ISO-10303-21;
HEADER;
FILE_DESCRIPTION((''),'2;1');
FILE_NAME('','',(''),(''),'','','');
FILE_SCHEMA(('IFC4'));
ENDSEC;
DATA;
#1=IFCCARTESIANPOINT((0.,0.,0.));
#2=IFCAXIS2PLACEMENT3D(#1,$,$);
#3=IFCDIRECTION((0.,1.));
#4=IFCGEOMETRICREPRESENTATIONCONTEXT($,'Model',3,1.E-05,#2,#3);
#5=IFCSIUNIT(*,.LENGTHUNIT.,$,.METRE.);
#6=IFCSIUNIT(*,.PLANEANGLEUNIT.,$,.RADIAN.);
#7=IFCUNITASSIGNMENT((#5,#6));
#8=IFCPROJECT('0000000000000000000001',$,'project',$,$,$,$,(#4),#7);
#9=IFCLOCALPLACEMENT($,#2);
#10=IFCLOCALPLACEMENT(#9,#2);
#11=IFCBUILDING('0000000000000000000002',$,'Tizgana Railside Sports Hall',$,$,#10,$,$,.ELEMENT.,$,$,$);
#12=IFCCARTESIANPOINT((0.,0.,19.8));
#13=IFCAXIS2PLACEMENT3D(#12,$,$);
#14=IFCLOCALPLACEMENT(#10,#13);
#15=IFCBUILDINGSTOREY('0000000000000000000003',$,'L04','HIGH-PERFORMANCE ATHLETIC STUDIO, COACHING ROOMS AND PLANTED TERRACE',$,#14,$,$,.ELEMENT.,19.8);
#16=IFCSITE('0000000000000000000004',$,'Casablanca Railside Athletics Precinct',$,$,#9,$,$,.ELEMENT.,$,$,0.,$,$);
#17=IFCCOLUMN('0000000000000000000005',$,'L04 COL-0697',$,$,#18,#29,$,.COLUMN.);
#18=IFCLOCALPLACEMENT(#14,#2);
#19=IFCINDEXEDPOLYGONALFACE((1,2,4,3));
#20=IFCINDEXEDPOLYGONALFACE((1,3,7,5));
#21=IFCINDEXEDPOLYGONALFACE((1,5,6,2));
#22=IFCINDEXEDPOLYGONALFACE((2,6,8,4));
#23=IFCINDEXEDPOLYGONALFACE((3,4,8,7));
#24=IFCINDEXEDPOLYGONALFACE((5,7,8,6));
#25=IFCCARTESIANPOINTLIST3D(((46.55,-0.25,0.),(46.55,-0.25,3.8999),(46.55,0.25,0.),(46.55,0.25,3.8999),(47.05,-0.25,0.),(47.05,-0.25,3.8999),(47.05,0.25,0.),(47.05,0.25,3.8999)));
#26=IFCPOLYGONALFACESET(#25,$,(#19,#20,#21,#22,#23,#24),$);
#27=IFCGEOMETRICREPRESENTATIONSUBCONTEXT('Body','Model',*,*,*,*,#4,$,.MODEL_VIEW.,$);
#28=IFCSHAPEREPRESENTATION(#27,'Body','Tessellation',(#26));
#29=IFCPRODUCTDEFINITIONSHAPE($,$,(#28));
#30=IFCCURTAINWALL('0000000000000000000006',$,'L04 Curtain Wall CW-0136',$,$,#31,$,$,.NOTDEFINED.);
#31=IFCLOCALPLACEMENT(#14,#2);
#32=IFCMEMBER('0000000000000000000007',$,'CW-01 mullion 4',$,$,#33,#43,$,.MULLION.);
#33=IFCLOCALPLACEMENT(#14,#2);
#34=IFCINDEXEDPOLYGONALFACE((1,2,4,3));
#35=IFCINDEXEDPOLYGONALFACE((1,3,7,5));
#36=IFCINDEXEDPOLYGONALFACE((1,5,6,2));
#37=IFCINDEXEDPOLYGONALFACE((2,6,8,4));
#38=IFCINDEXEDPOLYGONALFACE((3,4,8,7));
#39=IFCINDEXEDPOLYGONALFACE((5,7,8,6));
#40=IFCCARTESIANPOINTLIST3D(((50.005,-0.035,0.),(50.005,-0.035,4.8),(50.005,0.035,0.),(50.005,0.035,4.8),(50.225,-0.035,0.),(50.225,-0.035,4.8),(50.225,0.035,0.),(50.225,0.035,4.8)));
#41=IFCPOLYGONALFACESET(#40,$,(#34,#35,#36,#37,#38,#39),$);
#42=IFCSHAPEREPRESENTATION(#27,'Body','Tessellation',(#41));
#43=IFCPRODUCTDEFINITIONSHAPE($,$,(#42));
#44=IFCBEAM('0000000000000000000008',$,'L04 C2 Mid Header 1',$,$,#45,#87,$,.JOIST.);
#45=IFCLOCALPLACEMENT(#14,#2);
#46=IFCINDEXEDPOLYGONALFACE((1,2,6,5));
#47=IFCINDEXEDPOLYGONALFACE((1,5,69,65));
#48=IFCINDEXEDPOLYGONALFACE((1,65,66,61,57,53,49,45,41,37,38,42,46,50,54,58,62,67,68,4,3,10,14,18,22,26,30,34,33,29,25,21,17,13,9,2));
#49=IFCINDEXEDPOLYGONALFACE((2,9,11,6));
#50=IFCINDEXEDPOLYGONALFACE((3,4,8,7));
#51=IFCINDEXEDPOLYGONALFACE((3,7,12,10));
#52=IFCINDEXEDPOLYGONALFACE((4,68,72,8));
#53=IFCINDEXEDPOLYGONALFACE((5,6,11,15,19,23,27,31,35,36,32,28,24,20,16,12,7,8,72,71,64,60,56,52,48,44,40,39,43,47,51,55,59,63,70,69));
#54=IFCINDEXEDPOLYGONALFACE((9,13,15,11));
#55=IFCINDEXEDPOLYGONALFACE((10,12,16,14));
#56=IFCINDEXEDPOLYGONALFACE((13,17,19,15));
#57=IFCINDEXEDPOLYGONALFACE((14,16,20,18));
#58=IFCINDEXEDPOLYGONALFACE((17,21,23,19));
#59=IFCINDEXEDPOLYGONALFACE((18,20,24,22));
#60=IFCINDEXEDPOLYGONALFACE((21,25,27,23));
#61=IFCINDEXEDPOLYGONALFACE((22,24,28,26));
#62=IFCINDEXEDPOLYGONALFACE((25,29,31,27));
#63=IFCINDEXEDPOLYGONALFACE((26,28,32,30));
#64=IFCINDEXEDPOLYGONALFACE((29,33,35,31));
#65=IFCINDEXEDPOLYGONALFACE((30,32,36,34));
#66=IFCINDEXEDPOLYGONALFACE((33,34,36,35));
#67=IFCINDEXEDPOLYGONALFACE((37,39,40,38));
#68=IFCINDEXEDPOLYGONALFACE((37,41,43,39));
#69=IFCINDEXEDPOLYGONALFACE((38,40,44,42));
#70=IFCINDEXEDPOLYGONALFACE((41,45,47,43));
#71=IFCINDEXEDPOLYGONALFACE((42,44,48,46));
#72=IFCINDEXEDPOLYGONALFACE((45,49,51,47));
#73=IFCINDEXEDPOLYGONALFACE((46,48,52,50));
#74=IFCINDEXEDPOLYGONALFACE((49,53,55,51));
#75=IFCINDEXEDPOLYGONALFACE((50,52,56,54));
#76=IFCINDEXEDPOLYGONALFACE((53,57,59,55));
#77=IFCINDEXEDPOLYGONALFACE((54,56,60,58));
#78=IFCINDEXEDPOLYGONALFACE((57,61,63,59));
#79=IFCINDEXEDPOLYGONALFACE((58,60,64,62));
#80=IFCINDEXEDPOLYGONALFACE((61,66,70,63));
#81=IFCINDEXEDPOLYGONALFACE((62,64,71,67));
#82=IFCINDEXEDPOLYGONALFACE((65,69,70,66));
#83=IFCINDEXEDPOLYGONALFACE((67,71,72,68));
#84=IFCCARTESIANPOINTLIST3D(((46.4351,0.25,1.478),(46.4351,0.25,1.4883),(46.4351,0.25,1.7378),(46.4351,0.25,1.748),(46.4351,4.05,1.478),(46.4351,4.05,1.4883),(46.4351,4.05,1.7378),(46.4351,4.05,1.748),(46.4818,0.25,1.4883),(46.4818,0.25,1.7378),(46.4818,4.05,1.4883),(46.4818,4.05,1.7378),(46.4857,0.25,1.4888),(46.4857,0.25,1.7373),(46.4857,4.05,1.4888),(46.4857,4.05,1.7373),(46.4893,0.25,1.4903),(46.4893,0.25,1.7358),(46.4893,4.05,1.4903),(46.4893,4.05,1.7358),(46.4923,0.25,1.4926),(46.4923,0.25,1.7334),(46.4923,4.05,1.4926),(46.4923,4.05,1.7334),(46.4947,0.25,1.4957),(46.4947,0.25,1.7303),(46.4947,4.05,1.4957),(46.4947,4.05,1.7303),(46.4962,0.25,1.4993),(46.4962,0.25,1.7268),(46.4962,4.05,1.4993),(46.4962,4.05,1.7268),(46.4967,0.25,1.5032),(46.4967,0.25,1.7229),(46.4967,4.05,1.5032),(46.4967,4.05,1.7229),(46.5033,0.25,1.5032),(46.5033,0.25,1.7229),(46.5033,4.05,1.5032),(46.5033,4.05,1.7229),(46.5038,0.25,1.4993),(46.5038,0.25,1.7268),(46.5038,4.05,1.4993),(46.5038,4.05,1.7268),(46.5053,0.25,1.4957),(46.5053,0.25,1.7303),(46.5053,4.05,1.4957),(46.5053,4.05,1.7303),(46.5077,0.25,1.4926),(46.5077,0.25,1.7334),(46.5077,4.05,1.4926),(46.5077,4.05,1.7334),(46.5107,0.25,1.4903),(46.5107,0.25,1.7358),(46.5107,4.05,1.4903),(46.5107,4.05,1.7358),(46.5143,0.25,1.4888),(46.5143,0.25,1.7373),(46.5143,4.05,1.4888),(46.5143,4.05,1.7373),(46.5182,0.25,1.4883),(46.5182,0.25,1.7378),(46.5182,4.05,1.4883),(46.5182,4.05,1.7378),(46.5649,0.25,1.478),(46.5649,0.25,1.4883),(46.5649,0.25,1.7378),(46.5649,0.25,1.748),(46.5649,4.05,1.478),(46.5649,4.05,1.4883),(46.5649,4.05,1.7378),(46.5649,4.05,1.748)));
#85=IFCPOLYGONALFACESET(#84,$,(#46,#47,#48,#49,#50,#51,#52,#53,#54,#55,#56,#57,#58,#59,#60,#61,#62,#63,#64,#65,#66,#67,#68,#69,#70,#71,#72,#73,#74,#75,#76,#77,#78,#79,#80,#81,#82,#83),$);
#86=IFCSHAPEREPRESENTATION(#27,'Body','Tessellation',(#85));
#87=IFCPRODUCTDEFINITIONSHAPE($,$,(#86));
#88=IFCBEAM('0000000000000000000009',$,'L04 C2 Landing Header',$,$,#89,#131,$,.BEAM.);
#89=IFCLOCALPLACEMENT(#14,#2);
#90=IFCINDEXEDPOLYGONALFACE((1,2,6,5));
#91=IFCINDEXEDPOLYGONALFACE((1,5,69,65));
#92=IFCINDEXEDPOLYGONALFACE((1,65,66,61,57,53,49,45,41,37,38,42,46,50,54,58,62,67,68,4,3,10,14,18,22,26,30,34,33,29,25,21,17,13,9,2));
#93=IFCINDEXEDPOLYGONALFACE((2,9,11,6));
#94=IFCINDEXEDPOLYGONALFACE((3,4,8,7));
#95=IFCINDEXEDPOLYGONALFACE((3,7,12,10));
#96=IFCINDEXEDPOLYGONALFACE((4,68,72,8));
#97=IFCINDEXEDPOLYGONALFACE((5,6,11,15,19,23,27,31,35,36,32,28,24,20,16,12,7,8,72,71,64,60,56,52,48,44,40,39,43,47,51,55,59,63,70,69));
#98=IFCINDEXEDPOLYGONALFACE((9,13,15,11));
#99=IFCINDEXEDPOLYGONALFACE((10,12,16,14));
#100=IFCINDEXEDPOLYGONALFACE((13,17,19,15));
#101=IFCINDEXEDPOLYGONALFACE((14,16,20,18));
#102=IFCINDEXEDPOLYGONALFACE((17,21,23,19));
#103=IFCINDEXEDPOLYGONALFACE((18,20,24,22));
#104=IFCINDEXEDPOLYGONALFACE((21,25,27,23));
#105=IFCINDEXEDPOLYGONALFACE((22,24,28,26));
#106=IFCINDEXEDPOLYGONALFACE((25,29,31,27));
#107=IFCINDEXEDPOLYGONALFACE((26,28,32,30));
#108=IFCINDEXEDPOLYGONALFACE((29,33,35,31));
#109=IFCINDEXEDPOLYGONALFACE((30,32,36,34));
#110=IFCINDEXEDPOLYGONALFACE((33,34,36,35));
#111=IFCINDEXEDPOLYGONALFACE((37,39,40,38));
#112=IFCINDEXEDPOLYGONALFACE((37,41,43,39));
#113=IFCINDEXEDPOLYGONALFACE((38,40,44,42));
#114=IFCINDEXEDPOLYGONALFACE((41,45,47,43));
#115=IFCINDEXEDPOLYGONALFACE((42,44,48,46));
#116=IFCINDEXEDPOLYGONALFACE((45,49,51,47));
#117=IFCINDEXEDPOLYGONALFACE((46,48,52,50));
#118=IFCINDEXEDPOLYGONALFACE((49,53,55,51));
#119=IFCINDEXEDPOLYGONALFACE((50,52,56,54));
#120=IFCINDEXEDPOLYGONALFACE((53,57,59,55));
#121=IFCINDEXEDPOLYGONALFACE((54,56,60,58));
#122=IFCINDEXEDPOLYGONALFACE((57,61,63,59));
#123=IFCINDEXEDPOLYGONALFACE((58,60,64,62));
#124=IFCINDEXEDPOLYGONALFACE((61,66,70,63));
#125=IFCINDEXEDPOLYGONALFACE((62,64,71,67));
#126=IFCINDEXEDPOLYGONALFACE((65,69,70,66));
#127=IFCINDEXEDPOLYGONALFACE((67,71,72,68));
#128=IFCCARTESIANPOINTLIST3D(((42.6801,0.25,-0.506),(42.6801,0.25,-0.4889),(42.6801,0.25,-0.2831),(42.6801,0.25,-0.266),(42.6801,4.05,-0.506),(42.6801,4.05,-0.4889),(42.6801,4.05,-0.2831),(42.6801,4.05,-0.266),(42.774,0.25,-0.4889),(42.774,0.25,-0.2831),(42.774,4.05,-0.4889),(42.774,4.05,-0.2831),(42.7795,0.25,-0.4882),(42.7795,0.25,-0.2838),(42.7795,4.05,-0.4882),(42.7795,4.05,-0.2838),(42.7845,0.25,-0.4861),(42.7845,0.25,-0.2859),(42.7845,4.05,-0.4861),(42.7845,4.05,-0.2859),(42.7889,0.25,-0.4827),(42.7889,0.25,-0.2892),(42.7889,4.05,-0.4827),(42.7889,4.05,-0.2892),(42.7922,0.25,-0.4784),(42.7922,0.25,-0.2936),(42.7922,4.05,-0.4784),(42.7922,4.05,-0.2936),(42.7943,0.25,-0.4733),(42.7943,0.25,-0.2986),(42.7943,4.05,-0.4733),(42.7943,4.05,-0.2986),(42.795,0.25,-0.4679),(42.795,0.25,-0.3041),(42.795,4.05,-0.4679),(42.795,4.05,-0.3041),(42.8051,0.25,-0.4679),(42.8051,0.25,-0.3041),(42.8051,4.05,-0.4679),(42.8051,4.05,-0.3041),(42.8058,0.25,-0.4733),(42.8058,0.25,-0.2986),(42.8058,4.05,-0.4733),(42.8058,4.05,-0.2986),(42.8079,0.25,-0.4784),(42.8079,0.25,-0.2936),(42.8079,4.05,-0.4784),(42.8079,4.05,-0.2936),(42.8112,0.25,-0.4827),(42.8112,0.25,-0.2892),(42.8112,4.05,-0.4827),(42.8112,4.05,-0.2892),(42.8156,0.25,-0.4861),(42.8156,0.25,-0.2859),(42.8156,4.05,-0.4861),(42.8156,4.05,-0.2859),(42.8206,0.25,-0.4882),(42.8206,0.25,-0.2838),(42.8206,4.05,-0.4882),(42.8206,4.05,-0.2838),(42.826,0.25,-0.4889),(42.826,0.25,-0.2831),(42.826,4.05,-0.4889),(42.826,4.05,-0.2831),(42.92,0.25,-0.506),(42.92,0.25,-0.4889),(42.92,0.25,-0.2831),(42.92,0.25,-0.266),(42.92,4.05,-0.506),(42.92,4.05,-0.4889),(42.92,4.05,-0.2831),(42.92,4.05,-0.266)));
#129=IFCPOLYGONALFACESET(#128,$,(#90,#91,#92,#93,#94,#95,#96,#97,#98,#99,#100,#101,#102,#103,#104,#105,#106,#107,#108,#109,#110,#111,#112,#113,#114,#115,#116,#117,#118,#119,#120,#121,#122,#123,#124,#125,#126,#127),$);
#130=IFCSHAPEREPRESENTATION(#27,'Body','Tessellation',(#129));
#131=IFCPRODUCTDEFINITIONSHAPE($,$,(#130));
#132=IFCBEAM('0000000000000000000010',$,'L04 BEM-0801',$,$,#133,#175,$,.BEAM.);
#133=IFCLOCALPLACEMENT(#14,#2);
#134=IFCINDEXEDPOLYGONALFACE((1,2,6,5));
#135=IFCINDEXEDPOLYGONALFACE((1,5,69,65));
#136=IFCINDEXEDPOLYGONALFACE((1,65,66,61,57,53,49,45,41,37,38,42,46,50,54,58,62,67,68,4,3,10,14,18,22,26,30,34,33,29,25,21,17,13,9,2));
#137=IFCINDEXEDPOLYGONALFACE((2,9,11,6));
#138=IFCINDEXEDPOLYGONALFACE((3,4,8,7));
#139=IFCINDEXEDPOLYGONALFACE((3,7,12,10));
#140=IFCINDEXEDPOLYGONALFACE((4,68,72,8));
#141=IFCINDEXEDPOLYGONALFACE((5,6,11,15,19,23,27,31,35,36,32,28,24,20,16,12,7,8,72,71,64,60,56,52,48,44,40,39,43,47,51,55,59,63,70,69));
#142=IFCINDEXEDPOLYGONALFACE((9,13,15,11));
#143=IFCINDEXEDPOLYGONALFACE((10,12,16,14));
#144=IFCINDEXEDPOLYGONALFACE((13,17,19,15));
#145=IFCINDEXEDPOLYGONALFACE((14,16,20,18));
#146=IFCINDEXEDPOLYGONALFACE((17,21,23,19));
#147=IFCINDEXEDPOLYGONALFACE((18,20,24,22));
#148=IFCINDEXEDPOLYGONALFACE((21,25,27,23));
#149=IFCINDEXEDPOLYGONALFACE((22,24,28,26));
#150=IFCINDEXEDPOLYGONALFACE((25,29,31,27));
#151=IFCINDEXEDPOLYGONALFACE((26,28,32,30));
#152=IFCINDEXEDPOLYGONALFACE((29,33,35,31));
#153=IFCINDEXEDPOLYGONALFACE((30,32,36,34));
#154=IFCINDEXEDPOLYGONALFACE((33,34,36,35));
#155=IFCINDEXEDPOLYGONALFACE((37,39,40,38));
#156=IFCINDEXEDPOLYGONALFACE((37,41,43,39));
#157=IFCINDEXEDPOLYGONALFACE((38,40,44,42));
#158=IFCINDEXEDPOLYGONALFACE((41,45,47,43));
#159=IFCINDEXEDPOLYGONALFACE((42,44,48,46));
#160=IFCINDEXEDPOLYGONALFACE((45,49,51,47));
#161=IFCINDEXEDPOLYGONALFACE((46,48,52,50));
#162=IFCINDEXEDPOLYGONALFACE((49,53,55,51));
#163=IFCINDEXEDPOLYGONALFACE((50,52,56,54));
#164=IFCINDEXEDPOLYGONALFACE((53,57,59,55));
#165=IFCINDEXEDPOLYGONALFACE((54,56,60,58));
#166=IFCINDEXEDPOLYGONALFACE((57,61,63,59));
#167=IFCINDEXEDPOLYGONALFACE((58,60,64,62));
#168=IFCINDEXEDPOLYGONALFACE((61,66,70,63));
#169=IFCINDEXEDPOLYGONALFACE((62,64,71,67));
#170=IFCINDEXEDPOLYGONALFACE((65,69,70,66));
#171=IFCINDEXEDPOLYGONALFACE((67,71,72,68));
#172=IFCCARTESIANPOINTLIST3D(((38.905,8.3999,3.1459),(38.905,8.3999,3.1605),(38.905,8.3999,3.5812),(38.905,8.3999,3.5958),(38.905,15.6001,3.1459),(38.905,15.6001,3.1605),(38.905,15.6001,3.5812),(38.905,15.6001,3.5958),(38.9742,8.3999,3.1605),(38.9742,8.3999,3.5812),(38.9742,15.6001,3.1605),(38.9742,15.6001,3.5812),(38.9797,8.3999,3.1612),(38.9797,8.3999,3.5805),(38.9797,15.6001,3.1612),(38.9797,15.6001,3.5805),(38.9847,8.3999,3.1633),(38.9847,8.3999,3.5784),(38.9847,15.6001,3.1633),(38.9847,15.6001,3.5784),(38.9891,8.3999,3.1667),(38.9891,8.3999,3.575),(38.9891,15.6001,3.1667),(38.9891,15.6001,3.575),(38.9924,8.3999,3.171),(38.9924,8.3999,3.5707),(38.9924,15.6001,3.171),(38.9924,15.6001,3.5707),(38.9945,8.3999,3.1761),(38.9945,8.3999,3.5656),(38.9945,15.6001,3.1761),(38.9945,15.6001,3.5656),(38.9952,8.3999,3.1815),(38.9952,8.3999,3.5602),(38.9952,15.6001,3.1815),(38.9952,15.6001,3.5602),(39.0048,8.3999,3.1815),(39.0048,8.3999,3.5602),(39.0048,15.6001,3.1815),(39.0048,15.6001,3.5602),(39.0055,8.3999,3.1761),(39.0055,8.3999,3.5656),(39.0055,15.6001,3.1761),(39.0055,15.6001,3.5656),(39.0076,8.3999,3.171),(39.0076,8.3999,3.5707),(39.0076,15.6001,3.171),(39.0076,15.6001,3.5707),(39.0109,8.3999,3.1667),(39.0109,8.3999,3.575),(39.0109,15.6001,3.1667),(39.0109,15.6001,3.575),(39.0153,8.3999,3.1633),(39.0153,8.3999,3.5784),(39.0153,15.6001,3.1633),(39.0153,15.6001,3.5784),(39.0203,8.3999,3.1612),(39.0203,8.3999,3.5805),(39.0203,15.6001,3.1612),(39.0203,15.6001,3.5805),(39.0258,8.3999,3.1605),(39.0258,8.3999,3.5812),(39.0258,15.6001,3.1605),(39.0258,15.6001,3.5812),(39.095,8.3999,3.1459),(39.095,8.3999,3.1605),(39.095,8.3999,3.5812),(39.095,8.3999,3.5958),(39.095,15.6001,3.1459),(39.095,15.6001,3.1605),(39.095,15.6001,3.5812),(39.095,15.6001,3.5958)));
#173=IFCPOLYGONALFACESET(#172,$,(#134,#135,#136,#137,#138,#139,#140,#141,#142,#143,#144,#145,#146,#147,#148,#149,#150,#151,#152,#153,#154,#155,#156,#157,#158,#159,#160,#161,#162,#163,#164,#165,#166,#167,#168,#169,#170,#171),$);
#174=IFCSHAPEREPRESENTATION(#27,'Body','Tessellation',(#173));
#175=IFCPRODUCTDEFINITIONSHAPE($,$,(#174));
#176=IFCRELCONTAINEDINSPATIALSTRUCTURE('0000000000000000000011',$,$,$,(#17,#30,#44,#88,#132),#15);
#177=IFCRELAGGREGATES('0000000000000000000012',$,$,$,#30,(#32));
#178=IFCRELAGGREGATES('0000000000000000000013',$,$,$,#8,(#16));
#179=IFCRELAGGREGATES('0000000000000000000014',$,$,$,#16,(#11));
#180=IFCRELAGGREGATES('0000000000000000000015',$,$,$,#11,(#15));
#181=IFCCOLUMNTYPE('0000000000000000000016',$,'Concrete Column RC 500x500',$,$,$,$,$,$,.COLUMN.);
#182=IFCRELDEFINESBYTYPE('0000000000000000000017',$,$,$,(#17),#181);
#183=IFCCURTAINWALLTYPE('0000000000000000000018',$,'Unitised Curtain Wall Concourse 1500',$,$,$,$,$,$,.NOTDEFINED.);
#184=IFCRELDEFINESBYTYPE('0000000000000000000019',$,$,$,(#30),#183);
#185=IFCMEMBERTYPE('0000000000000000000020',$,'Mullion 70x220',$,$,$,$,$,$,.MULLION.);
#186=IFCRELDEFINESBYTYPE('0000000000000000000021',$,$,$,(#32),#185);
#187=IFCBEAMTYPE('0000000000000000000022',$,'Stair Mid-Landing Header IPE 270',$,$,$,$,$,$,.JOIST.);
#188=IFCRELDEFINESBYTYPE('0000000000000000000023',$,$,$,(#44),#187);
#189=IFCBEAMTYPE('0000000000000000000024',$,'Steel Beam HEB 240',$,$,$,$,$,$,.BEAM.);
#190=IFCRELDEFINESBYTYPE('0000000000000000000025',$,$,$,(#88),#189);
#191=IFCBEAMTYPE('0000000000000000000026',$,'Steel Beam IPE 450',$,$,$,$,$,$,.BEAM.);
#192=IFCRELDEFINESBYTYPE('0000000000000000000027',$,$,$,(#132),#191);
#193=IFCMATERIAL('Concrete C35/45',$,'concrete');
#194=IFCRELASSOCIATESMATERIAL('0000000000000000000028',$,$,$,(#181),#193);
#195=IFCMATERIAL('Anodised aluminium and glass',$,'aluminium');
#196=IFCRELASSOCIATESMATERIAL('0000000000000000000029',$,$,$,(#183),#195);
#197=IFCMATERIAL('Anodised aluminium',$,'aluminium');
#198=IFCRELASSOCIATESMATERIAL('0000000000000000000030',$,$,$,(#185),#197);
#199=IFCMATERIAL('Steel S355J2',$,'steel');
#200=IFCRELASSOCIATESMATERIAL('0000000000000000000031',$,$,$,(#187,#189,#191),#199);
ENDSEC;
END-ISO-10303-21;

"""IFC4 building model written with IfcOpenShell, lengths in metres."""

from ifc_helpers import new_model, si_unit, direction, frame, origin, origin_2d, place, context, subcontext, project, spatial, rectangle, i_section, extrude, material, material_profile, profile_set, type_object, element, aggregate, save


model = new_model("IFC4")

# Units and contexts
model_context = context("Model", 3, precision=1e-05, world=origin(), true_north=direction((0.0, 1.0)))
body_context = subcontext(model_context, "Body", "Model", "MODEL_VIEW")
ifc_project = project(units=[si_unit("LENGTHUNIT", "METRE"), si_unit("PLANEANGLEUNIT", "RADIAN")], contexts=[model_context])

# Site, building, storey
site_placement = place(None, origin())
site = spatial("IfcSite", under=ifc_project, at=site_placement, Name="Casablanca Railside Athletics Precinct", CompositionType="ELEMENT", RefElevation=0.0)
building_placement = place(site_placement, origin())
building = spatial("IfcBuilding", under=site, at=building_placement, Name="Tizgana Railside Sports Hall", CompositionType="ELEMENT")
storey_placement = place(building_placement, frame((0.0, 0.0, 19.8)))
storey = spatial("IfcBuildingStorey", under=building, at=storey_placement, Name="L04", Description="HIGH-PERFORMANCE ATHLETIC STUDIO, COACHING ROOMS AND PLANTED TERRACE", CompositionType="ELEMENT", Elevation=19.8)

# Column
ifc_material_1 = material(Name="Concrete C35/45", Category="concrete")
ifc_material_profile_1 = material_profile(ifc_material_1, rectangle(XDim=0.5, YDim=0.5, at=origin_2d()), Name="RC 500x500")
ifc_profile_set_1 = profile_set([ifc_material_profile_1], Name="Concrete C35/45")
column_type = type_object("IfcColumnType", Name="Concrete Column RC 500x500", PredefinedType="COLUMN", material=ifc_profile_set_1)
column_placement = place(storey_placement, frame((46.8, 0.0, 0.0), z_axis=(0.0, 0.0, 1.0), x_axis=(1.0, 0.0, 0.0)))
element("IfcColumn", 1, at=column_placement, inside=storey, type_object=column_type, Name="L04 COL-0697", PredefinedType="COLUMN", context=body_context, shape_type="SweptSolid", body=[
    extrude(rectangle(XDim=0.5, YDim=0.5, at=origin_2d()), origin(), (0.0, 0.0, 1.0), 3.8999),
])

# Curtain wall, member
ifc_material_2 = material(Name="Anodised aluminium and glass", Category="aluminium")
curtain_wall_type = type_object("IfcCurtainWallType", Name="Unitised Curtain Wall Concourse 1500", PredefinedType="NOTDEFINED", material=ifc_material_2)
curtain_wall_placement = place(storey_placement, origin())
curtain_wall = element("IfcCurtainWall", 2, at=curtain_wall_placement, inside=storey, type_object=curtain_wall_type, Name="L04 Curtain Wall CW-0136", PredefinedType="NOTDEFINED")
ifc_material_3 = material(Name="Anodised aluminium", Category="aluminium")
ifc_material_profile_2 = material_profile(ifc_material_3, rectangle(XDim=0.0701, YDim=0.22, at=origin_2d()), Name="Mullion 70x220")
ifc_profile_set_2 = profile_set([ifc_material_profile_2], Name="Anodised aluminium")
member_type_1 = type_object("IfcMemberType", Name="Mullion 70x220", PredefinedType="MULLION", material=ifc_profile_set_2)
member_1_placement = place(storey_placement, frame((50.115, 0.0, 0.0), z_axis=(0.0, 0.0, 1.0), x_axis=(0.0, -1.0, 0.0)))
member_1 = element("IfcMember", 3, at=member_1_placement, type_object=member_type_1, Name="CW-01 mullion 4", PredefinedType="MULLION", context=body_context, shape_type="SweptSolid", body=[
    extrude(rectangle(XDim=0.0701, YDim=0.22, at=origin_2d()), origin(), (0.0, 0.0, 1.0), 4.8),
])

# Beams
ifc_material_4 = material(Name="Steel S355J2", Category="steel")
ifc_material_profile_3 = material_profile(ifc_material_4, i_section(OverallWidth=0.1299, OverallDepth=0.27, WebThickness=0.0066, FlangeThickness=0.0103, FilletRadius=0.0149, at=origin_2d()), Name="IPE 270")
ifc_profile_set_3 = profile_set([ifc_material_profile_3], Name="Steel S355J2")
beam_type_1 = type_object("IfcBeamType", Name="Stair Mid-Landing Header IPE 270", PredefinedType="JOIST", material=ifc_profile_set_3)
beam_1_placement = place(storey_placement, frame((46.5, 0.25, 1.613), z_axis=(0.0, 1.0, 0.0), x_axis=(-1.0, 0.0, 0.0)))
element("IfcBeam", 4, at=beam_1_placement, inside=storey, type_object=beam_type_1, Name="L04 C2 Mid Header 1", PredefinedType="JOIST", context=body_context, shape_type="SweptSolid", body=[
    extrude(i_section(OverallWidth=0.1299, OverallDepth=0.27, WebThickness=0.0066, FlangeThickness=0.0103, FilletRadius=0.0149, at=origin_2d()), origin(), (0.0, 0.0, 1.0), 3.8),
])
ifc_material_profile_4 = material_profile(ifc_material_4, i_section(OverallWidth=0.24, OverallDepth=0.24, WebThickness=0.01, FlangeThickness=0.0171, FilletRadius=0.021, at=origin_2d()), Name="HEB 240")
ifc_profile_set_4 = profile_set([ifc_material_profile_4], Name="Steel S355J2")
beam_type_2 = type_object("IfcBeamType", Name="Steel Beam HEB 240", PredefinedType="BEAM", material=ifc_profile_set_4)
beam_2_placement = place(storey_placement, frame((42.8, 0.25, -0.386), z_axis=(0.0, 1.0, 0.0), x_axis=(-1.0, 0.0, 0.0)))
element("IfcBeam", 5, at=beam_2_placement, inside=storey, type_object=beam_type_2, Name="L04 C2 Landing Header", PredefinedType="BEAM", context=body_context, shape_type="SweptSolid", body=[
    extrude(i_section(OverallWidth=0.24, OverallDepth=0.24, WebThickness=0.01, FlangeThickness=0.0171, FilletRadius=0.021, at=origin_2d()), origin(), (0.0, 0.0, 1.0), 3.8),
])
ifc_material_profile_5 = material_profile(ifc_material_4, i_section(OverallWidth=0.1899, OverallDepth=0.45, WebThickness=0.0095, FlangeThickness=0.0146, FilletRadius=0.021, at=origin_2d()), Name="IPE 450")
ifc_profile_set_5 = profile_set([ifc_material_profile_5], Name="Steel S355J2")
beam_type_3 = type_object("IfcBeamType", Name="Steel Beam IPE 450", PredefinedType="BEAM", material=ifc_profile_set_5)
beam_3_placement = place(storey_placement, frame((39.0, 8.3999, 3.3708), z_axis=(0.0, 1.0, 0.0), x_axis=(-1.0, 0.0, 0.0)))
element("IfcBeam", 6, at=beam_3_placement, inside=storey, type_object=beam_type_3, Name="L04 BEM-0801", PredefinedType="BEAM", context=body_context, shape_type="SweptSolid", body=[
    extrude(i_section(OverallWidth=0.1899, OverallDepth=0.45, WebThickness=0.0095, FlangeThickness=0.0146, FilletRadius=0.021, at=origin_2d()), origin(), (0.0, 0.0, 1.0), 7.2002),
])

aggregate(curtain_wall, [member_1])

save(model, "model.ifc")
